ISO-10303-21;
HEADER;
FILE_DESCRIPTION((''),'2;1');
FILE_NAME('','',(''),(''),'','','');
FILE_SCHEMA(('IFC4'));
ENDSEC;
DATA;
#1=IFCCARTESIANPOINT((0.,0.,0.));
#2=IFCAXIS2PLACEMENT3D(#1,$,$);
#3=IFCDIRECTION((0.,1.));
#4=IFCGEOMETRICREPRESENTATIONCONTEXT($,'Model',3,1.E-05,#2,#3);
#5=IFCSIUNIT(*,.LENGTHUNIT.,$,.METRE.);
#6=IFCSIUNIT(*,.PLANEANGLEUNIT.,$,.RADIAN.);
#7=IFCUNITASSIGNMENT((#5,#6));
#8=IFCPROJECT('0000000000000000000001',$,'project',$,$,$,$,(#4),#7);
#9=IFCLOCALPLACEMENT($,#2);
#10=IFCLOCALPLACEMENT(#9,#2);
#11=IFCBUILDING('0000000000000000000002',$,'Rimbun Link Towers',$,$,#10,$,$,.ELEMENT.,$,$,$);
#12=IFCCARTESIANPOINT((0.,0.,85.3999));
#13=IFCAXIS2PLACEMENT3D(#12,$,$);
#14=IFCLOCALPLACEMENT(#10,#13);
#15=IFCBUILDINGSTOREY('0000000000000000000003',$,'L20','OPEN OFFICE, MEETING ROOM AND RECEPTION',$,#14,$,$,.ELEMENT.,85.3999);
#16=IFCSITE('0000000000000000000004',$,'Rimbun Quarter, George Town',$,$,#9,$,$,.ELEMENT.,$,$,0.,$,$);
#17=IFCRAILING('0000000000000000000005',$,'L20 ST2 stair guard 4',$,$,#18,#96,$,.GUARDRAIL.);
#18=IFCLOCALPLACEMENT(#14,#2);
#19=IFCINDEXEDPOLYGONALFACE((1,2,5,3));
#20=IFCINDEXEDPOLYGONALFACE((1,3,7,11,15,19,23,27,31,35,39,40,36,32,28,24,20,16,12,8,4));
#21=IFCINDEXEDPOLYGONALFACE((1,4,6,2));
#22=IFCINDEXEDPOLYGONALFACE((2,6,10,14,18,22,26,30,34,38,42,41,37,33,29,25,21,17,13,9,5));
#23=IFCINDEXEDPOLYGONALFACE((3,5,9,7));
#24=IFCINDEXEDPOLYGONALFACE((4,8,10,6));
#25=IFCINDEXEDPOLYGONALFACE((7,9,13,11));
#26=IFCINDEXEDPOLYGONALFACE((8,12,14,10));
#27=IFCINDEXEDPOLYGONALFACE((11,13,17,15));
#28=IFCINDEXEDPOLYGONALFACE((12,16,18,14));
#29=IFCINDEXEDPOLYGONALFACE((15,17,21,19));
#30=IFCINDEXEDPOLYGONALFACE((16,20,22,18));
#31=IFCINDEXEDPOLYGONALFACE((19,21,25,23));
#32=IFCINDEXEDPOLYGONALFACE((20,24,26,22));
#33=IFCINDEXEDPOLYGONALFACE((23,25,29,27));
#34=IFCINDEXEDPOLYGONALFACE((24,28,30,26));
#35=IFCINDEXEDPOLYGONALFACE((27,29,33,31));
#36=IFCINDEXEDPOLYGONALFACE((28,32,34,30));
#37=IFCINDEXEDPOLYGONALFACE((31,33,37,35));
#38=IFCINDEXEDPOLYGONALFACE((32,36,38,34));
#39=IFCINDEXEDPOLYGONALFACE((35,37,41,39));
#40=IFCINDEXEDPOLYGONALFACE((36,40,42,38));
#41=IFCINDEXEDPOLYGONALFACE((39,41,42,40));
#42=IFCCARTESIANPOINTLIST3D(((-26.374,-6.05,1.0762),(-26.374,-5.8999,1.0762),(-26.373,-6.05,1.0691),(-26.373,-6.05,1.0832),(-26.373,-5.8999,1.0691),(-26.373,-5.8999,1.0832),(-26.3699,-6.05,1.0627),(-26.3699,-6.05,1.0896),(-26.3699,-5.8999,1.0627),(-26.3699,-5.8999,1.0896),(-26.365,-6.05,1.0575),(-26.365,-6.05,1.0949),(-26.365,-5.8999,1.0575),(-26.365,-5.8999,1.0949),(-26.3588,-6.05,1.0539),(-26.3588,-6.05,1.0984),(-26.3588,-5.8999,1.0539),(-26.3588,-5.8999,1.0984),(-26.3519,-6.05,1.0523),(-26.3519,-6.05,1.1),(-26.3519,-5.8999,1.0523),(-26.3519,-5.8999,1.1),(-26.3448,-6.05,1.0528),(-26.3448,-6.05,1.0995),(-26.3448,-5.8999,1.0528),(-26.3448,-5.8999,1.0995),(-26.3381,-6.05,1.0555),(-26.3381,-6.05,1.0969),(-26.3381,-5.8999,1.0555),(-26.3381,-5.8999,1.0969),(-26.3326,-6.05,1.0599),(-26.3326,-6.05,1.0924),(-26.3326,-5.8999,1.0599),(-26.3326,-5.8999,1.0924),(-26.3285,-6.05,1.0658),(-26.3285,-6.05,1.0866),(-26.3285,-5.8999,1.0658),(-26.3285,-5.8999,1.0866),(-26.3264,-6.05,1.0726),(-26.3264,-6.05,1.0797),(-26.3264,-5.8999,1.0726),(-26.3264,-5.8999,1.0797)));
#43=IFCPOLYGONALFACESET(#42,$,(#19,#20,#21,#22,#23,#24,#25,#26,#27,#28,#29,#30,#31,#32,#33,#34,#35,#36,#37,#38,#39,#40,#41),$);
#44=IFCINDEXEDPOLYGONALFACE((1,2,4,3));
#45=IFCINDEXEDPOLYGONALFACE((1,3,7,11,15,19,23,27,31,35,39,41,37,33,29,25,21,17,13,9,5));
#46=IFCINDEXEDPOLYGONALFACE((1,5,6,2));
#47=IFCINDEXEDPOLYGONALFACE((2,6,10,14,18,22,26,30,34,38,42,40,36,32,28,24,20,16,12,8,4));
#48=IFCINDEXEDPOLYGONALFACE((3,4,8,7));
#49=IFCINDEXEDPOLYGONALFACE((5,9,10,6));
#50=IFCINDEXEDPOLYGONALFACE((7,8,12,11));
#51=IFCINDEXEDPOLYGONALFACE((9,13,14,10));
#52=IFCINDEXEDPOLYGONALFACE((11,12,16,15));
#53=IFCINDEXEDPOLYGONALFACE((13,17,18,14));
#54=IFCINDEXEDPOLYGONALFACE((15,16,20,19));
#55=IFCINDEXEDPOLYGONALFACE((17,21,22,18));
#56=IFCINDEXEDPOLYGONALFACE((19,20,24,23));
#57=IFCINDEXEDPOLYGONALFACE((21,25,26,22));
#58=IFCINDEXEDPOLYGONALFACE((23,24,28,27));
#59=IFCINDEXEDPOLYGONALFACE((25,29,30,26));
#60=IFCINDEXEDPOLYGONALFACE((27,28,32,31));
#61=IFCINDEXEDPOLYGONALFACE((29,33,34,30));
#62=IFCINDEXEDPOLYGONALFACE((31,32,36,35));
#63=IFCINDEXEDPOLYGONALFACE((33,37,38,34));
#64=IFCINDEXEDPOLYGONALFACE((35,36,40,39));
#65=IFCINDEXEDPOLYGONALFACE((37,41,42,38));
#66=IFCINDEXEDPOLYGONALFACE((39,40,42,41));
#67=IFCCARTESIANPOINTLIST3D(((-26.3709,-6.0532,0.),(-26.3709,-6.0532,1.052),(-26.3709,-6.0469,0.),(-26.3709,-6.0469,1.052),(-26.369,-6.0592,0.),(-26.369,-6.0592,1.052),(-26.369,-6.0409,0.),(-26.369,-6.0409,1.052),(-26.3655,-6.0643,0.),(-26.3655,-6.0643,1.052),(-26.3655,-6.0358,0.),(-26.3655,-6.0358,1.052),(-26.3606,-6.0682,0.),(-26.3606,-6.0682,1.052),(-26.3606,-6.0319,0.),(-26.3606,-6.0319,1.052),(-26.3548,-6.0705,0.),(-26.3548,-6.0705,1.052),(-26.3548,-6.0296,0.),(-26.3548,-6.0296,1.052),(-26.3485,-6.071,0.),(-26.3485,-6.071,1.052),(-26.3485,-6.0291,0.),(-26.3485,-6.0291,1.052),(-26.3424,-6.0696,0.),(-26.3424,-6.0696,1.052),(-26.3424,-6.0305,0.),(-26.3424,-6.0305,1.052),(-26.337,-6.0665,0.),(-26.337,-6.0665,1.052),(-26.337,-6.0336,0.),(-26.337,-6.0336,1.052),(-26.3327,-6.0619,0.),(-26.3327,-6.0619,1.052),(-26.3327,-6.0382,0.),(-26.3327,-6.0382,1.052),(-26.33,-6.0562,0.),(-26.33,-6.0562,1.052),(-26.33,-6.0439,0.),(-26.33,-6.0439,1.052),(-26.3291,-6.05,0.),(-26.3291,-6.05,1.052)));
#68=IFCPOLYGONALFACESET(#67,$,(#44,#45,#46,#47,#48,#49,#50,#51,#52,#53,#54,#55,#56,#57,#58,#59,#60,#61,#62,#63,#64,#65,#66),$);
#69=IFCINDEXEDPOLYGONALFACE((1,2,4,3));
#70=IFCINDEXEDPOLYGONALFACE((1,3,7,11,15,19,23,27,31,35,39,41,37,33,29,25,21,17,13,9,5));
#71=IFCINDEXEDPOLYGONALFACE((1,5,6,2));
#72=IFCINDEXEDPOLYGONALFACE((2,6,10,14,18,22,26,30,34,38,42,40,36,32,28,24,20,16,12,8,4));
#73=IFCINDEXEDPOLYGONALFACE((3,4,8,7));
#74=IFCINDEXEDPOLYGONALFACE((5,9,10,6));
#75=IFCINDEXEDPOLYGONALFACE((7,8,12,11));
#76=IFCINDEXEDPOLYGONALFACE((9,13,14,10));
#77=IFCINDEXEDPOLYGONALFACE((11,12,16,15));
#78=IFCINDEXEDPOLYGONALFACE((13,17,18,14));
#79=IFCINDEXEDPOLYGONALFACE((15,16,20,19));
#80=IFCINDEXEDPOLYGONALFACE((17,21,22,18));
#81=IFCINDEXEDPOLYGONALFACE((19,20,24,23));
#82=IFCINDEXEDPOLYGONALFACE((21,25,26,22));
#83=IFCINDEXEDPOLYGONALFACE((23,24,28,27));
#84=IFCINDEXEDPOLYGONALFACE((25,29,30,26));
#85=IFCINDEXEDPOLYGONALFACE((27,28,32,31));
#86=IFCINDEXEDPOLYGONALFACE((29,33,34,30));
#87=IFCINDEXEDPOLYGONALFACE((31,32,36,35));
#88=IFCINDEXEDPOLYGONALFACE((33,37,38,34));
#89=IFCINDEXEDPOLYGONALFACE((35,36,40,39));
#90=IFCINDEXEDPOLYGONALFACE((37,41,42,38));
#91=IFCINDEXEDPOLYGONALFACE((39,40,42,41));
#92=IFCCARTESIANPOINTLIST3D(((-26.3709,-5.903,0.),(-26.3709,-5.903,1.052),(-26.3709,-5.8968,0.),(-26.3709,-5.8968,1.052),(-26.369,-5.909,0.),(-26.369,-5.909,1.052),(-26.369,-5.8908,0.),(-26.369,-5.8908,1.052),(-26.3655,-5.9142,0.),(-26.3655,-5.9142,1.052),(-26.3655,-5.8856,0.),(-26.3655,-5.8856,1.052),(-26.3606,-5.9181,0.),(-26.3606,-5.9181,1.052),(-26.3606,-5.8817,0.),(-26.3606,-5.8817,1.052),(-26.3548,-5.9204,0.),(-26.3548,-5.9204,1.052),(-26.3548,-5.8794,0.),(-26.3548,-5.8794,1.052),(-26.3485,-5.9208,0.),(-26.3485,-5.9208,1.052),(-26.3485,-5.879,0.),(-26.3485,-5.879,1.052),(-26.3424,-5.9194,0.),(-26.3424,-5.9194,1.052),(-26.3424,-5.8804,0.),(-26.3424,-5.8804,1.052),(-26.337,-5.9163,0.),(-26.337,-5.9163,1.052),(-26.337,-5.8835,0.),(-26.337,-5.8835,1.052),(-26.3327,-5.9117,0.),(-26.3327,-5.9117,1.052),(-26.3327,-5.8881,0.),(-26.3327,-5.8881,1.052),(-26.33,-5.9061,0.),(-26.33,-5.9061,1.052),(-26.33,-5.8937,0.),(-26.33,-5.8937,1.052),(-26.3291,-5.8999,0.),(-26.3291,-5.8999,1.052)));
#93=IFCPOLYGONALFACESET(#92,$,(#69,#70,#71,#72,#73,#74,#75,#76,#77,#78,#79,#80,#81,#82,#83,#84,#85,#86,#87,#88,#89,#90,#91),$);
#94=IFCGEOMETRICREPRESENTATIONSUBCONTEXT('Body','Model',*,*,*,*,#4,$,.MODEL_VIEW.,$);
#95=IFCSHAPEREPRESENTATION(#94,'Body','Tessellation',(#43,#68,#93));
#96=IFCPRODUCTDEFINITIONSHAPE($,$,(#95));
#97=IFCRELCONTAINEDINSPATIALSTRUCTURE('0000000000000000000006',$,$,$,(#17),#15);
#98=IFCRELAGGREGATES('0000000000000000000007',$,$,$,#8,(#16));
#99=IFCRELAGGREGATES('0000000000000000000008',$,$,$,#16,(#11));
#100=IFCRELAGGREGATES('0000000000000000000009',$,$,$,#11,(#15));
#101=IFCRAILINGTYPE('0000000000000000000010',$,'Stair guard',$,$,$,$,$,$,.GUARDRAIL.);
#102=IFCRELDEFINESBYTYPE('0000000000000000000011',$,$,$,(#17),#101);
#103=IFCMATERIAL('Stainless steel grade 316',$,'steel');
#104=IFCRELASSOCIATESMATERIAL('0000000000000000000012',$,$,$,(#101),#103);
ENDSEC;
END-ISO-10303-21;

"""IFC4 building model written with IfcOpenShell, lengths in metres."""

from ifc_helpers import new_model, si_unit, direction, frame, origin, origin_2d, place, context, subcontext, project, spatial, circle, extrude, material, type_object, element, save


model = new_model("IFC4")

# Units and contexts
model_context = context("Model", 3, precision=1e-05, world=origin(), true_north=direction((0.0, 1.0)))
body_context = subcontext(model_context, "Body", "Model", "MODEL_VIEW")
ifc_project = project(units=[si_unit("LENGTHUNIT", "METRE"), si_unit("PLANEANGLEUNIT", "RADIAN")], contexts=[model_context])

# Site, building, storey
site_placement = place(None, origin())
site = spatial("IfcSite", under=ifc_project, at=site_placement, Name="Rimbun Quarter, George Town", CompositionType="ELEMENT", RefElevation=0.0)
building_placement = place(site_placement, origin())
building = spatial("IfcBuilding", under=site, at=building_placement, Name="Rimbun Link Towers", CompositionType="ELEMENT")
storey_placement = place(building_placement, frame((0.0, 0.0, 85.3999)))
storey = spatial("IfcBuildingStorey", under=building, at=storey_placement, Name="L20", Description="OPEN OFFICE, MEETING ROOM AND RECEPTION", CompositionType="ELEMENT", Elevation=85.3999)

# Railing
ifc_material_1 = material(Name="Stainless steel grade 316", Category="steel")
railing_type_1 = type_object("IfcRailingType", Name="Stair guard", PredefinedType="GUARDRAIL", material=ifc_material_1)
railing_1_placement = place(storey_placement, frame((-26.3501, -6.05, 0.0)))
element("IfcRailing", 1, at=railing_1_placement, inside=storey, type_object=railing_type_1, Name="L20 ST2 stair guard 4", PredefinedType="GUARDRAIL", context=body_context, shape_type="SweptSolid", body=[
    extrude(circle(Radius=0.0239, at=origin_2d()), frame((0.0, 0.0, 1.0762), z_axis=(0.0, 1.0, 0.0), x_axis=(-1.0, 0.0, 0.0)), (0.0, 0.0, 1.0), 0.1501),
    extrude(circle(Radius=0.021, at=origin_2d()), origin(), (0.0, 0.0, 1.0), 1.052),
    extrude(circle(Radius=0.021, at=origin_2d()), frame((0.0, 0.1501, 0.0)), (0.0, 0.0, 1.0), 1.052),
])

save(model, "model.ifc")
